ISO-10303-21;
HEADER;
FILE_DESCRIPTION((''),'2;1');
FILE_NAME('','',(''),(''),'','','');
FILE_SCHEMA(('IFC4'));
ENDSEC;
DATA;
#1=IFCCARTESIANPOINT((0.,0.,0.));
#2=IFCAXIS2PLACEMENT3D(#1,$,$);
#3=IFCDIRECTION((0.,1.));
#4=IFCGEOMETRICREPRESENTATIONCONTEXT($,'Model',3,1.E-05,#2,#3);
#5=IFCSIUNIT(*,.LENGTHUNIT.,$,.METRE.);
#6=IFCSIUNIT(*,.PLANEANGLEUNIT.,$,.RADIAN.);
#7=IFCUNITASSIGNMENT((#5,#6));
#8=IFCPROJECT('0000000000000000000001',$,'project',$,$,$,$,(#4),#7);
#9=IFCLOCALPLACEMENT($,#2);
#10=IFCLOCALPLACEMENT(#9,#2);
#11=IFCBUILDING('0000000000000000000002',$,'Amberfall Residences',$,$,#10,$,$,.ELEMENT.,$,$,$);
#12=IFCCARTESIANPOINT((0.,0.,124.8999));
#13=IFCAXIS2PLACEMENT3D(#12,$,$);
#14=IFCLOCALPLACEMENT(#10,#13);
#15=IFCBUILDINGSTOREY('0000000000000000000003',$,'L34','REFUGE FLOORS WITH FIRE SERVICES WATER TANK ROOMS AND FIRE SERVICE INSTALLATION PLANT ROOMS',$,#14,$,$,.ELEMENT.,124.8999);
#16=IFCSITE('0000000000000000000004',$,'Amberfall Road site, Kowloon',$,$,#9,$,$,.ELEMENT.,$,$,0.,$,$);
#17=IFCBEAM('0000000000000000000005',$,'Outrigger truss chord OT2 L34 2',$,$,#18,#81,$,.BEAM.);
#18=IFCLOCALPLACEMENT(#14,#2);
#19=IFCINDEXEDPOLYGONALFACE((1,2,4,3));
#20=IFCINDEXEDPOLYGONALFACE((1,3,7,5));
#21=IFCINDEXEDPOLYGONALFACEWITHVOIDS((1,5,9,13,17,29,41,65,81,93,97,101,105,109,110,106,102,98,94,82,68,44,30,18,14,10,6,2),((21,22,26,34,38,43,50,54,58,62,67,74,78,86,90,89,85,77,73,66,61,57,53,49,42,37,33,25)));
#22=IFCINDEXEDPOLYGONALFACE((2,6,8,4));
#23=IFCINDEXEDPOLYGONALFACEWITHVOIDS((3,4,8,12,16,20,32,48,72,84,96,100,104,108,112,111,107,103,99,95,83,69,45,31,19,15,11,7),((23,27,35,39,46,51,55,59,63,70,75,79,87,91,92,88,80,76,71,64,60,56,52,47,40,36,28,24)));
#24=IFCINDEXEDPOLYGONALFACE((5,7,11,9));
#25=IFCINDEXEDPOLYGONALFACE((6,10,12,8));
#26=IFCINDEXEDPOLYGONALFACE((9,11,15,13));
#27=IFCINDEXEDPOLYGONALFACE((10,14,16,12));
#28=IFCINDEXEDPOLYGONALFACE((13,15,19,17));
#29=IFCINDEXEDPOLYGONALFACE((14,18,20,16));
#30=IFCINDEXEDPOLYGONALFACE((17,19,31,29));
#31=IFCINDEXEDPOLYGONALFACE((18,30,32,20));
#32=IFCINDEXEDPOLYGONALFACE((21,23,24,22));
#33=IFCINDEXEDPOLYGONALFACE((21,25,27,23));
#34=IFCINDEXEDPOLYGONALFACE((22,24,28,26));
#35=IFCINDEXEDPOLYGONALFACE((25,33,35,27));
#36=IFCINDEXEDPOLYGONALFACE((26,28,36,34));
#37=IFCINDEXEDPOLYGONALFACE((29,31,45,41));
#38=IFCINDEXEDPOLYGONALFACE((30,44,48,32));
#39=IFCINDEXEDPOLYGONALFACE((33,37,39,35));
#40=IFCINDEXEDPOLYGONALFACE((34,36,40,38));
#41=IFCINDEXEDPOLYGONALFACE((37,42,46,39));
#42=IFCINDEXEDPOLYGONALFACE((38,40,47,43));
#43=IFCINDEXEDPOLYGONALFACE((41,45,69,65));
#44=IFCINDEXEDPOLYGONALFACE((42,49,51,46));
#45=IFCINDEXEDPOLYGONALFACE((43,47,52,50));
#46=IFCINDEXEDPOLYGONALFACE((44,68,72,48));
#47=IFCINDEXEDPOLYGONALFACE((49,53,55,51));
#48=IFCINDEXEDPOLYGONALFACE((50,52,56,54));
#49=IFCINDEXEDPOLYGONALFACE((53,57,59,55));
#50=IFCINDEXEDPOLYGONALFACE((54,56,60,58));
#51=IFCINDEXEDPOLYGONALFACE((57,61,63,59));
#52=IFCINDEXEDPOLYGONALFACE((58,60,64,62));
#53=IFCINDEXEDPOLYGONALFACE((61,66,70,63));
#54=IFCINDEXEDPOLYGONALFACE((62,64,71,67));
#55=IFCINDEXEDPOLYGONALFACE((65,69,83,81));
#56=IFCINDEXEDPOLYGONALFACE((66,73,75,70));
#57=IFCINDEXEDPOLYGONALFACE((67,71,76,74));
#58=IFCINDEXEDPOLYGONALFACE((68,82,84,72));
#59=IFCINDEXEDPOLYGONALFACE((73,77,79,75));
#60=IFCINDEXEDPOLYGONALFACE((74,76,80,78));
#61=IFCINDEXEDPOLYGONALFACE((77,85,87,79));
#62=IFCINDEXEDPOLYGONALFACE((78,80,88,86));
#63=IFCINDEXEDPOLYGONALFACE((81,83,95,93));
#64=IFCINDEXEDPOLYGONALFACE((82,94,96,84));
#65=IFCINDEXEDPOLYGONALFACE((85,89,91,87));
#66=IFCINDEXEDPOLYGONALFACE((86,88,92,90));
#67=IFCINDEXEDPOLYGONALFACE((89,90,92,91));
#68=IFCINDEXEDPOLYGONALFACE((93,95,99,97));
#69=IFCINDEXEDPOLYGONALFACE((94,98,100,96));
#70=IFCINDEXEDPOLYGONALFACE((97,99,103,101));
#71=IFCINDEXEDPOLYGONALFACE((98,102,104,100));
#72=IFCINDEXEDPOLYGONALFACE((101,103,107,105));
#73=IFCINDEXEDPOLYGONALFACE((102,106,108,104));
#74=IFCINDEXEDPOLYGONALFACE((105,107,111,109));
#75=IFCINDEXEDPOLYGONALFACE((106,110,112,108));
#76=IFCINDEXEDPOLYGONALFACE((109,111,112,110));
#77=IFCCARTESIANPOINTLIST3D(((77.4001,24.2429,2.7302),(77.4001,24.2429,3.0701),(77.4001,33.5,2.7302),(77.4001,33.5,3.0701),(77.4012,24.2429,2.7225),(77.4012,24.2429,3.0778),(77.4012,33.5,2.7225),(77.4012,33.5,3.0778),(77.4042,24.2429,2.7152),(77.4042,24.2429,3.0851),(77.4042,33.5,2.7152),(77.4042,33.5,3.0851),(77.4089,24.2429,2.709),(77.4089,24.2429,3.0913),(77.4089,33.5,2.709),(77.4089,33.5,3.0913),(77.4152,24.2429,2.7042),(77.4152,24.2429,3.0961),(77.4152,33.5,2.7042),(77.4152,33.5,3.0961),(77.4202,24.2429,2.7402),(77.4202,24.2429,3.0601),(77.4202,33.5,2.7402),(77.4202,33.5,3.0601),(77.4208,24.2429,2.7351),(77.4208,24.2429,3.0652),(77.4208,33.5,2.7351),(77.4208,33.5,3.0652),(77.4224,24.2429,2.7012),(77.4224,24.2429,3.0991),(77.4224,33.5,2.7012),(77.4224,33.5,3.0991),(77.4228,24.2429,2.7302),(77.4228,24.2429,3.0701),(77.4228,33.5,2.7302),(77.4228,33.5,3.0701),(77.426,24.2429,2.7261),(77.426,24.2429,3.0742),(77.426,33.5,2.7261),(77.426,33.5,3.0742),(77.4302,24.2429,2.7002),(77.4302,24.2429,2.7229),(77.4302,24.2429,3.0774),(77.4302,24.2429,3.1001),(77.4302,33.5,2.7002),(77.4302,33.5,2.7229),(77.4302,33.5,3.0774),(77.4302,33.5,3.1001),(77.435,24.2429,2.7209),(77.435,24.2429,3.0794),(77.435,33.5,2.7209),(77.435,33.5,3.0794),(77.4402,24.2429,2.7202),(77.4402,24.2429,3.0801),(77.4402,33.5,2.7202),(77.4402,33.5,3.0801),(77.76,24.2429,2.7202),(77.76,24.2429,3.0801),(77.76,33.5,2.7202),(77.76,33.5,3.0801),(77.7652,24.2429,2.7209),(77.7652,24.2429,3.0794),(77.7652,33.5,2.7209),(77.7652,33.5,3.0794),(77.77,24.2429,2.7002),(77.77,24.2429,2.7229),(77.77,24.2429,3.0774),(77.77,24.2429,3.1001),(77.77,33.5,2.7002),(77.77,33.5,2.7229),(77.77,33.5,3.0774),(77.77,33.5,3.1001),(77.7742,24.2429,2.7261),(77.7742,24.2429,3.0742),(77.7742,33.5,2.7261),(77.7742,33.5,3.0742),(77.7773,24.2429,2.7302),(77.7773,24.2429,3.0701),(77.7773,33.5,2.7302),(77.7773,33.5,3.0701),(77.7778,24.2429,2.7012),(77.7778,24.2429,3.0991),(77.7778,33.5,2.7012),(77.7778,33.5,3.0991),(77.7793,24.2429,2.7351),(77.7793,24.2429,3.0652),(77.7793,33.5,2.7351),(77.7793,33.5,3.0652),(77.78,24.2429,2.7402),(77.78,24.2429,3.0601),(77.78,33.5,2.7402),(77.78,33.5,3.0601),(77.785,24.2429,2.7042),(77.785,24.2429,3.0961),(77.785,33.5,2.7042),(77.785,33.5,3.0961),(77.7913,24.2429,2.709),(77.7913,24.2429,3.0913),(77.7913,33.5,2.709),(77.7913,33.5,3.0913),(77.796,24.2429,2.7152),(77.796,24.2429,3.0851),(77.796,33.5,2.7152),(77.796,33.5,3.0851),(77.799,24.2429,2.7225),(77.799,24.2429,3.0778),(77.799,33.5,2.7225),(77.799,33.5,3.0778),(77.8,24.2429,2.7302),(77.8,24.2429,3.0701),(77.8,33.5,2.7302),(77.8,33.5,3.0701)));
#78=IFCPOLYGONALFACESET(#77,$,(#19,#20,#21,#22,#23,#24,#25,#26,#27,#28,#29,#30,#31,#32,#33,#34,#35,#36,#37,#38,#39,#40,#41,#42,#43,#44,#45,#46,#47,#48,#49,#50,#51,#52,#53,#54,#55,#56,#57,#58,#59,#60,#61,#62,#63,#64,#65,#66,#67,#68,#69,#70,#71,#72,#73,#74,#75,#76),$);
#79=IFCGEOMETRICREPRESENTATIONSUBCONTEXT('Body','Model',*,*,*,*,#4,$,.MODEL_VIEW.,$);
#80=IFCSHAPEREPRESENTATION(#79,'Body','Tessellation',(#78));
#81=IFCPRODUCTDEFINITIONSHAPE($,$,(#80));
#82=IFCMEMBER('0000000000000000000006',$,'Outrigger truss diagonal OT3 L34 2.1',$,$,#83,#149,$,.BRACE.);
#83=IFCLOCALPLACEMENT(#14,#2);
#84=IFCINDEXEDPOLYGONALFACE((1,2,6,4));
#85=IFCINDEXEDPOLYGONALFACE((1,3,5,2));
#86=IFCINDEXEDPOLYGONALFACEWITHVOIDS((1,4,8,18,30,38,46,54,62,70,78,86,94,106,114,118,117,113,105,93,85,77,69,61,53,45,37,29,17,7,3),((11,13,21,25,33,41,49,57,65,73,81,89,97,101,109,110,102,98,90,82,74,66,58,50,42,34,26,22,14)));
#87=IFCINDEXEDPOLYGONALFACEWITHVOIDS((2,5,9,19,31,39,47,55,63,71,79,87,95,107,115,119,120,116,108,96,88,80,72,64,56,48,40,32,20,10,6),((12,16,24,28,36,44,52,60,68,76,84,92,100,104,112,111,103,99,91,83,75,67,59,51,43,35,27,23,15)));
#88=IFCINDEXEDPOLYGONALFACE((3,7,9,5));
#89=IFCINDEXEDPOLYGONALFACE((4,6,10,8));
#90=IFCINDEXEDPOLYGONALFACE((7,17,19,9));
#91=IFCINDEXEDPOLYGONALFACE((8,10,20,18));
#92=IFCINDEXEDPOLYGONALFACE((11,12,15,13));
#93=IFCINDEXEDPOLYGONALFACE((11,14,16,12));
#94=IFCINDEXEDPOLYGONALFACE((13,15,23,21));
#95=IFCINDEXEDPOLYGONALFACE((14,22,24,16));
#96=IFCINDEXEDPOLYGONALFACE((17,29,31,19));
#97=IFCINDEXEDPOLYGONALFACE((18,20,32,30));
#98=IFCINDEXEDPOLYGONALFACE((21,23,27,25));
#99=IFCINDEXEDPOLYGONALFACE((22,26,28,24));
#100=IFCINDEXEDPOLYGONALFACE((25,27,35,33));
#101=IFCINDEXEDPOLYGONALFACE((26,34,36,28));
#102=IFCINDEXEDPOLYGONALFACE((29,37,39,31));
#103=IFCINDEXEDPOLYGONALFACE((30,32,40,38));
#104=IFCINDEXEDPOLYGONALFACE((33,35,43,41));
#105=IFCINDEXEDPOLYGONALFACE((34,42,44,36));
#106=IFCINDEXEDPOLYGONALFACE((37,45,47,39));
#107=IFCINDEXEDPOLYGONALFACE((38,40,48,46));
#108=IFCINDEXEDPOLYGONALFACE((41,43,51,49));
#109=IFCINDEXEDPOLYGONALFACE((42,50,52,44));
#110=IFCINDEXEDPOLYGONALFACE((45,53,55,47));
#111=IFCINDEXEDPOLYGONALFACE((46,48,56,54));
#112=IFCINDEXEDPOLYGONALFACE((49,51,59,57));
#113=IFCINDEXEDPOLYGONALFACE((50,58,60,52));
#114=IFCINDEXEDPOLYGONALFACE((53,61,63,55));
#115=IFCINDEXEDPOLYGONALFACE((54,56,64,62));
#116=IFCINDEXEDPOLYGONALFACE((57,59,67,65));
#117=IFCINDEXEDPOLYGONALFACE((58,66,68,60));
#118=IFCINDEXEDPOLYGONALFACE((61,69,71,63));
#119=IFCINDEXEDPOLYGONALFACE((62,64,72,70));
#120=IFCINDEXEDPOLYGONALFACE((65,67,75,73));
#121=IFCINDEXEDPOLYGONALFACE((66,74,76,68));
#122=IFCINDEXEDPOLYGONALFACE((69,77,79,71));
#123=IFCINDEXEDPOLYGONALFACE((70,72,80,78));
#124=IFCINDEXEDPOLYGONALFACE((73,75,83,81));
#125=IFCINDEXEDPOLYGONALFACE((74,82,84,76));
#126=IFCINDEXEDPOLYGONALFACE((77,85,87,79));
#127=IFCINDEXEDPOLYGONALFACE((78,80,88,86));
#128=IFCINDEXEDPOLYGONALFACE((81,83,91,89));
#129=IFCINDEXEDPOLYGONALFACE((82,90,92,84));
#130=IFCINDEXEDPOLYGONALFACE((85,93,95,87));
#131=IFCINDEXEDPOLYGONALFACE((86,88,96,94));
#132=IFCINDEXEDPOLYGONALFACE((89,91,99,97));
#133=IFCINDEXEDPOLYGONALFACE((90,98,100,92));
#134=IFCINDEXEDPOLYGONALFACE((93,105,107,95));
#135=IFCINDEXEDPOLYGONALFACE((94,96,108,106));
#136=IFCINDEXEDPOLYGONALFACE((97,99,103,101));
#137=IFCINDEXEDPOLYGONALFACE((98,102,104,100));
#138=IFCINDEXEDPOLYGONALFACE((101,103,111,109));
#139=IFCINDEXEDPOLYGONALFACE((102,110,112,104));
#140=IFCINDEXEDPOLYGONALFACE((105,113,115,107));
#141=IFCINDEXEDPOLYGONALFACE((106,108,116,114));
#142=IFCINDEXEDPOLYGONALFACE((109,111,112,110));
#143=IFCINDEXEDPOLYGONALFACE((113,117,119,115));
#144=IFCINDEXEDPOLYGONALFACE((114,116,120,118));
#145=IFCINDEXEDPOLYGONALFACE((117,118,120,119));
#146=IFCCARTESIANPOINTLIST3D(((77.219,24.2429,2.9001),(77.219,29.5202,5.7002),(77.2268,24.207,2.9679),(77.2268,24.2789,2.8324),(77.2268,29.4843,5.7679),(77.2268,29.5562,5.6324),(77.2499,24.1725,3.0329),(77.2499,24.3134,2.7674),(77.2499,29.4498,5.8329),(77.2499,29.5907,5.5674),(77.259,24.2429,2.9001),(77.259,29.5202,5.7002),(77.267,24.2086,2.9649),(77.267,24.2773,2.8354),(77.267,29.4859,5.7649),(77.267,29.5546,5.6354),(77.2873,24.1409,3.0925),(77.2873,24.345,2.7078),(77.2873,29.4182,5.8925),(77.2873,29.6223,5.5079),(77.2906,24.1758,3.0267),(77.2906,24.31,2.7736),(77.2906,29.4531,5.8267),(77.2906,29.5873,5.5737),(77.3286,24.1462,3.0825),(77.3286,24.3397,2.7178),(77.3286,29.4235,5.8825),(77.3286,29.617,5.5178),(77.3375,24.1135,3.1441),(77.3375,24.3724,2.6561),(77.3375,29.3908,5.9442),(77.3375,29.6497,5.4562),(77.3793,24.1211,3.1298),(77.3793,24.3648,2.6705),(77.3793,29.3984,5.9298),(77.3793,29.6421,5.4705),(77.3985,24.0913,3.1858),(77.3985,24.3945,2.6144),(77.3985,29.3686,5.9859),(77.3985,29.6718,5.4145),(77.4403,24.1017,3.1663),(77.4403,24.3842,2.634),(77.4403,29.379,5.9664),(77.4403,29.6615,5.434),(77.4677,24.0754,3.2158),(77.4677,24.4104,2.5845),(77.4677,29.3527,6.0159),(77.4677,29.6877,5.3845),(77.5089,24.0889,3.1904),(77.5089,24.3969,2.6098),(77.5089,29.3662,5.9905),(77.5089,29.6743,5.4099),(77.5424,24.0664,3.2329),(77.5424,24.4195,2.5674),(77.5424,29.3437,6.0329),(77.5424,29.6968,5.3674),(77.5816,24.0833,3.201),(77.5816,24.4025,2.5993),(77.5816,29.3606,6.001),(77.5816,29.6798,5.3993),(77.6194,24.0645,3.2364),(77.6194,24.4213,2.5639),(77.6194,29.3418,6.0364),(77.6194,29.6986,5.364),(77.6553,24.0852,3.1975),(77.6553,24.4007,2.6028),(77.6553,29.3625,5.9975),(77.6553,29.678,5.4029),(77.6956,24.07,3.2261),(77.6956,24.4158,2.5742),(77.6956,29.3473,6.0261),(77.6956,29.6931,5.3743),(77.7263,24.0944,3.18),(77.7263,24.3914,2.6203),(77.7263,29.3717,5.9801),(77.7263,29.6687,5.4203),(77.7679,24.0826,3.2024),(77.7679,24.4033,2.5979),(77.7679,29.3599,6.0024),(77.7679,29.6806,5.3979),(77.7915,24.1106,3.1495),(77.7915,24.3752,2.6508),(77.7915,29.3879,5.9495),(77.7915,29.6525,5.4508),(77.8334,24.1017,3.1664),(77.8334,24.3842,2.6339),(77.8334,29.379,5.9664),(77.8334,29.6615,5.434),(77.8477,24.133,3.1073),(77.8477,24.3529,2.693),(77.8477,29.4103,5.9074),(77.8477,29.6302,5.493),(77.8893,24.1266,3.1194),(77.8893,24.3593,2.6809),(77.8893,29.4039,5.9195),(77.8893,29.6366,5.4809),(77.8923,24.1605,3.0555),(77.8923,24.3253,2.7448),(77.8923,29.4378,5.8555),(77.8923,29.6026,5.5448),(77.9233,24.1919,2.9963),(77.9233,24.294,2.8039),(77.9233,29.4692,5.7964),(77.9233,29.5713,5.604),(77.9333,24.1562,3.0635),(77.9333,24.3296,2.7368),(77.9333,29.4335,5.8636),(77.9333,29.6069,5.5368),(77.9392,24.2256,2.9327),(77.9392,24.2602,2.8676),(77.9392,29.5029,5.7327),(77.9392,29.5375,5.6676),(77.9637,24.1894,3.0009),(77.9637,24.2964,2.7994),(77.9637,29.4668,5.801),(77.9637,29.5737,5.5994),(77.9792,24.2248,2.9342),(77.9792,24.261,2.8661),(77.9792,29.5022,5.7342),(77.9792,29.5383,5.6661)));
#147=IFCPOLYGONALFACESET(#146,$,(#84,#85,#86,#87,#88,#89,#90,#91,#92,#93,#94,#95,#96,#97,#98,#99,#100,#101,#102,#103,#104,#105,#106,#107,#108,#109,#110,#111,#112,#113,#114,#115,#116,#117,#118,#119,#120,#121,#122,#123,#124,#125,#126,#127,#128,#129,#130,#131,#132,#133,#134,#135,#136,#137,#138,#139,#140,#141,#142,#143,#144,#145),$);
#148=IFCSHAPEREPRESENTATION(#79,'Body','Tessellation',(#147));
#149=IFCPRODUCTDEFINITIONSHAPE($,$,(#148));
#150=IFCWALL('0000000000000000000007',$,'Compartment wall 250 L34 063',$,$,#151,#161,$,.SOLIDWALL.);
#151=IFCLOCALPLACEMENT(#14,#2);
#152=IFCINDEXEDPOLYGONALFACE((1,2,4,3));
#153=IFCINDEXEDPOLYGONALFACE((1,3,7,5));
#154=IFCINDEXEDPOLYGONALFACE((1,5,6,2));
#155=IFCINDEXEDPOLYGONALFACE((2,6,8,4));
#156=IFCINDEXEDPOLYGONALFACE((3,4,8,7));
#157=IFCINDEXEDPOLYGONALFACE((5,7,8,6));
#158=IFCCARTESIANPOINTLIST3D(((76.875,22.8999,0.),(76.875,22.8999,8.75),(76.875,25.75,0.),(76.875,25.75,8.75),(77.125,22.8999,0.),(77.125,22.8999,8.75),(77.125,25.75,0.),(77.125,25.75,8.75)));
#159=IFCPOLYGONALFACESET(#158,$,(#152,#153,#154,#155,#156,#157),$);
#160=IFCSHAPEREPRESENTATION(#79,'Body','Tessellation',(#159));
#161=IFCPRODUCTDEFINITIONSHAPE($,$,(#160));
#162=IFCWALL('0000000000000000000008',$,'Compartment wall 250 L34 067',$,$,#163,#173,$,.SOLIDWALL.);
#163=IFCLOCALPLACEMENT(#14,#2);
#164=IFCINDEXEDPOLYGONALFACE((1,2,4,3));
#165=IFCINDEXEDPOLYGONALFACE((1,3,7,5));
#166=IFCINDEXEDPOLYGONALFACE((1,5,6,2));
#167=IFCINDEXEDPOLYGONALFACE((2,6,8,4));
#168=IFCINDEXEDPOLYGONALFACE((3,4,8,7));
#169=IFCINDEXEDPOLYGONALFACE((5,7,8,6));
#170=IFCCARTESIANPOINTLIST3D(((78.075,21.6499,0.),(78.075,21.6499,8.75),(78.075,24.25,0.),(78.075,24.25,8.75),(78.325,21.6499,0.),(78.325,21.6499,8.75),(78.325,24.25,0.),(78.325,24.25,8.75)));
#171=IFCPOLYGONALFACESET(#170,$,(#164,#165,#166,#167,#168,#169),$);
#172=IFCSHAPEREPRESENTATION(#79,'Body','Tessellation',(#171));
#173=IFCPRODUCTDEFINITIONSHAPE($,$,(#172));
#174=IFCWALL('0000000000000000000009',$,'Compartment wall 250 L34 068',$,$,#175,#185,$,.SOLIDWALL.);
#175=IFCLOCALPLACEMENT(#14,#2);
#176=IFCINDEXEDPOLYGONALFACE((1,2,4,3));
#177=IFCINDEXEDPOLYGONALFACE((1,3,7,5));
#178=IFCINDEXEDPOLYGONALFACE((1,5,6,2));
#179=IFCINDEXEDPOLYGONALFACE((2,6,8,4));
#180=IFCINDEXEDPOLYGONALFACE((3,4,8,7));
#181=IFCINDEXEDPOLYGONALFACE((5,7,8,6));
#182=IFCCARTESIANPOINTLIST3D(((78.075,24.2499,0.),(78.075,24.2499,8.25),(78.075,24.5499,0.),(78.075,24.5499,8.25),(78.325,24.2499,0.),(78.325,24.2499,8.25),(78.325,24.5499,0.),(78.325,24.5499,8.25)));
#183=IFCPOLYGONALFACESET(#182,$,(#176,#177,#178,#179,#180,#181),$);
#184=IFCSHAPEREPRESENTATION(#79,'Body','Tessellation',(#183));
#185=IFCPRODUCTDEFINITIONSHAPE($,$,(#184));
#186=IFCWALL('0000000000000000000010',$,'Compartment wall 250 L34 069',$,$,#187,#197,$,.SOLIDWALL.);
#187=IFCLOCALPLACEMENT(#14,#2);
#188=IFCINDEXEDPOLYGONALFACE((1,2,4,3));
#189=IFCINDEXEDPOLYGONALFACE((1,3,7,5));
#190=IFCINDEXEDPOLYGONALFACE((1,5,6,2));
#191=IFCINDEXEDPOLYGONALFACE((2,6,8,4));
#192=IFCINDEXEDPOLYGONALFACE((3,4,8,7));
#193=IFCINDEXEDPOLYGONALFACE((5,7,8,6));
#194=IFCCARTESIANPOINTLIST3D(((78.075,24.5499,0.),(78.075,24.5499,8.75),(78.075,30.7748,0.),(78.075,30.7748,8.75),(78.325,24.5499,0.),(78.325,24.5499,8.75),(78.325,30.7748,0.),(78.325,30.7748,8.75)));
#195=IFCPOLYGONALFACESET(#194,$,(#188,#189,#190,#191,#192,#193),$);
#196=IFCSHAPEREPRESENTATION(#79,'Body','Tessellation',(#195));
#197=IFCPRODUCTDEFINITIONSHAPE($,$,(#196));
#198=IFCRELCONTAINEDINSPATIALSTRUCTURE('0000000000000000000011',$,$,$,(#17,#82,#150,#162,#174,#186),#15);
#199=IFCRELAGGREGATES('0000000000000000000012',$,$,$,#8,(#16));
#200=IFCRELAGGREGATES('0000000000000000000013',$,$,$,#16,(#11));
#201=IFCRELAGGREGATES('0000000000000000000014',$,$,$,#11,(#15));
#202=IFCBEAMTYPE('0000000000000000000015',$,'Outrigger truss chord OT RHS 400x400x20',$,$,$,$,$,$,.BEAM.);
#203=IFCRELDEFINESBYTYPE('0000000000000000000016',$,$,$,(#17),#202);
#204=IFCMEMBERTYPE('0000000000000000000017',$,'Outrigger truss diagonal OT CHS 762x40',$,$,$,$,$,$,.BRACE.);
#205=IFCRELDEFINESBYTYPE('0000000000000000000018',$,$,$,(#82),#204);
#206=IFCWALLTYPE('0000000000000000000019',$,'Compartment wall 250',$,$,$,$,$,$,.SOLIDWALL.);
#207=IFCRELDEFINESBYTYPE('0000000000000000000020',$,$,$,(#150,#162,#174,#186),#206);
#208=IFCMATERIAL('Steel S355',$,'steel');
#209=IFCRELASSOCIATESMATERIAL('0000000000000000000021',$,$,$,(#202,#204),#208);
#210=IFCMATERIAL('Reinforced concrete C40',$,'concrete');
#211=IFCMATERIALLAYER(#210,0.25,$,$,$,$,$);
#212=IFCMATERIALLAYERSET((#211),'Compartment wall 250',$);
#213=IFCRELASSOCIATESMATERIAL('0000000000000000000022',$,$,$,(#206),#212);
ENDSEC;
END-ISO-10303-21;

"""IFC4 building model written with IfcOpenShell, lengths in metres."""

from ifc_helpers import new_model, si_unit, direction, frame, frame_2d, origin, origin_2d, place, context, subcontext, project, spatial, rectangle, hollow_rectangle, hollow_circle, extrude, material, layer, layer_set, material_profile, profile_set, type_object, element, save


model = new_model("IFC4")

# Units and contexts
model_context = context("Model", 3, precision=1e-05, world=origin(), true_north=direction((0.0, 1.0)))
body_context = subcontext(model_context, "Body", "Model", "MODEL_VIEW")
ifc_project = project(units=[si_unit("LENGTHUNIT", "METRE"), si_unit("PLANEANGLEUNIT", "RADIAN")], contexts=[model_context])

# Site, building, storey
site_placement = place(None, origin())
site = spatial("IfcSite", under=ifc_project, at=site_placement, Name="Amberfall Road site, Kowloon", CompositionType="ELEMENT", RefElevation=0.0)
building_placement = place(site_placement, origin())
building = spatial("IfcBuilding", under=site, at=building_placement, Name="Amberfall Residences", CompositionType="ELEMENT")
storey_placement = place(building_placement, frame((0.0, 0.0, 124.8999)))
storey = spatial("IfcBuildingStorey", under=building, at=storey_placement, Name="L34", Description="REFUGE FLOORS WITH FIRE SERVICES WATER TANK ROOMS AND FIRE SERVICE INSTALLATION PLANT ROOMS", CompositionType="ELEMENT", Elevation=124.8999)

# Shared definitions
ifc_material_1 = material(Name="Steel S355", Category="steel")

# Beam
ifc_material_profile_1 = material_profile(ifc_material_1, hollow_rectangle(XDim=0.3999, YDim=0.3999, WallThickness=0.02, InnerFilletRadius=0.02, OuterFilletRadius=0.03, at=origin_2d()), Name="RHS 400x400x20")
ifc_profile_set_1 = profile_set([ifc_material_profile_1], Name="Steel S355")
beam_type_1 = type_object("IfcBeamType", Name="Outrigger truss chord OT RHS 400x400x20", PredefinedType="BEAM", material=ifc_profile_set_1)
beam_1_placement = place(storey_placement, frame((77.6001, 24.2429, 2.9001), z_axis=(0.0, 1.0, 0.0), x_axis=(-1.0, 0.0, 0.0)))
element("IfcBeam", 1, at=beam_1_placement, inside=storey, type_object=beam_type_1, Name="Outrigger truss chord OT2 L34 2", PredefinedType="BEAM", context=body_context, shape_type="SweptSolid", body=[
    extrude(hollow_rectangle(XDim=0.3999, YDim=0.3999, WallThickness=0.02, InnerFilletRadius=0.02, OuterFilletRadius=0.03, at=origin_2d()), origin(), (0.0, 0.0, 1.0), 9.2571),
])

# Member
ifc_material_profile_2 = material_profile(ifc_material_1, hollow_circle(Radius=0.3811, WallThickness=0.04, at=origin_2d()), Name="CHS 762x40")
ifc_profile_set_2 = profile_set([ifc_material_profile_2], Name="Steel S355")
member_type_1 = type_object("IfcMemberType", Name="Outrigger truss diagonal OT CHS 762x40", PredefinedType="BRACE", material=ifc_profile_set_2)
member_1_placement = place(storey_placement, frame((77.6001, 24.2429, 2.9001), z_axis=(0.0, 0.883361, 0.468693), x_axis=(-1.0, 0.0, 0.0)))
element("IfcMember", 2, at=member_1_placement, inside=storey, type_object=member_type_1, Name="Outrigger truss diagonal OT3 L34 2.1", PredefinedType="BRACE", context=body_context, shape_type="SweptSolid", body=[
    extrude(hollow_circle(Radius=0.3811, WallThickness=0.04, at=origin_2d()), origin(), (0.0, 0.0, 1.0), 5.9741),
])

# Walls
ifc_material_2 = material(Name="Reinforced concrete C40", Category="concrete")
ifc_layer = layer(ifc_material_2, 0.25)
ifc_layer_set = layer_set([ifc_layer], Name="Compartment wall 250")
wall_type = type_object("IfcWallType", Name="Compartment wall 250", PredefinedType="SOLIDWALL", material=ifc_layer_set)
wall_1_placement = place(storey_placement, frame((77.0, 22.8999, 0.0), z_axis=(0.0, 0.0, 1.0), x_axis=(0.0, 1.0, 0.0)))
element("IfcWall", 3, at=wall_1_placement, inside=storey, type_object=wall_type, Name="Compartment wall 250 L34 063", PredefinedType="SOLIDWALL", context=body_context, shape_type="SweptSolid", body=[
    extrude(rectangle(XDim=2.8501, YDim=0.25, at=frame_2d((1.425, 0.0))), origin(), (0.0, 0.0, 1.0), 8.75),
])
wall_2_placement = place(storey_placement, frame((78.2, 21.6499, 0.0), z_axis=(0.0, 0.0, 1.0), x_axis=(0.0, 1.0, 0.0)))
element("IfcWall", 4, at=wall_2_placement, inside=storey, type_object=wall_type, Name="Compartment wall 250 L34 067", PredefinedType="SOLIDWALL", context=body_context, shape_type="SweptSolid", body=[
    extrude(rectangle(XDim=2.6001, YDim=0.25, at=frame_2d((1.3, 0.0))), origin(), (0.0, 0.0, 1.0), 8.75),
])
wall_3_placement = place(storey_placement, frame((78.2, 24.25, 0.0), z_axis=(0.0, 0.0, 1.0), x_axis=(0.0, 1.0, 0.0)))
element("IfcWall", 5, at=wall_3_placement, inside=storey, type_object=wall_type, Name="Compartment wall 250 L34 068", PredefinedType="SOLIDWALL", context=body_context, shape_type="SweptSolid", body=[
    extrude(rectangle(XDim=0.3, YDim=0.25, at=frame_2d((0.1499, 0.0))), origin(), (0.0, 0.0, 1.0), 8.25),
])
wall_4_placement = place(storey_placement, frame((78.2, 24.55, 0.0), z_axis=(0.0, 0.0, 1.0), x_axis=(0.0, 1.0, 0.0)))
element("IfcWall", 6, at=wall_4_placement, inside=storey, type_object=wall_type, Name="Compartment wall 250 L34 069", PredefinedType="SOLIDWALL", context=body_context, shape_type="SweptSolid", body=[
    extrude(rectangle(XDim=6.2249, YDim=0.25, at=frame_2d((3.1123, 0.0))), origin(), (0.0, 0.0, 1.0), 8.75),
])

save(model, "model.ifc")
